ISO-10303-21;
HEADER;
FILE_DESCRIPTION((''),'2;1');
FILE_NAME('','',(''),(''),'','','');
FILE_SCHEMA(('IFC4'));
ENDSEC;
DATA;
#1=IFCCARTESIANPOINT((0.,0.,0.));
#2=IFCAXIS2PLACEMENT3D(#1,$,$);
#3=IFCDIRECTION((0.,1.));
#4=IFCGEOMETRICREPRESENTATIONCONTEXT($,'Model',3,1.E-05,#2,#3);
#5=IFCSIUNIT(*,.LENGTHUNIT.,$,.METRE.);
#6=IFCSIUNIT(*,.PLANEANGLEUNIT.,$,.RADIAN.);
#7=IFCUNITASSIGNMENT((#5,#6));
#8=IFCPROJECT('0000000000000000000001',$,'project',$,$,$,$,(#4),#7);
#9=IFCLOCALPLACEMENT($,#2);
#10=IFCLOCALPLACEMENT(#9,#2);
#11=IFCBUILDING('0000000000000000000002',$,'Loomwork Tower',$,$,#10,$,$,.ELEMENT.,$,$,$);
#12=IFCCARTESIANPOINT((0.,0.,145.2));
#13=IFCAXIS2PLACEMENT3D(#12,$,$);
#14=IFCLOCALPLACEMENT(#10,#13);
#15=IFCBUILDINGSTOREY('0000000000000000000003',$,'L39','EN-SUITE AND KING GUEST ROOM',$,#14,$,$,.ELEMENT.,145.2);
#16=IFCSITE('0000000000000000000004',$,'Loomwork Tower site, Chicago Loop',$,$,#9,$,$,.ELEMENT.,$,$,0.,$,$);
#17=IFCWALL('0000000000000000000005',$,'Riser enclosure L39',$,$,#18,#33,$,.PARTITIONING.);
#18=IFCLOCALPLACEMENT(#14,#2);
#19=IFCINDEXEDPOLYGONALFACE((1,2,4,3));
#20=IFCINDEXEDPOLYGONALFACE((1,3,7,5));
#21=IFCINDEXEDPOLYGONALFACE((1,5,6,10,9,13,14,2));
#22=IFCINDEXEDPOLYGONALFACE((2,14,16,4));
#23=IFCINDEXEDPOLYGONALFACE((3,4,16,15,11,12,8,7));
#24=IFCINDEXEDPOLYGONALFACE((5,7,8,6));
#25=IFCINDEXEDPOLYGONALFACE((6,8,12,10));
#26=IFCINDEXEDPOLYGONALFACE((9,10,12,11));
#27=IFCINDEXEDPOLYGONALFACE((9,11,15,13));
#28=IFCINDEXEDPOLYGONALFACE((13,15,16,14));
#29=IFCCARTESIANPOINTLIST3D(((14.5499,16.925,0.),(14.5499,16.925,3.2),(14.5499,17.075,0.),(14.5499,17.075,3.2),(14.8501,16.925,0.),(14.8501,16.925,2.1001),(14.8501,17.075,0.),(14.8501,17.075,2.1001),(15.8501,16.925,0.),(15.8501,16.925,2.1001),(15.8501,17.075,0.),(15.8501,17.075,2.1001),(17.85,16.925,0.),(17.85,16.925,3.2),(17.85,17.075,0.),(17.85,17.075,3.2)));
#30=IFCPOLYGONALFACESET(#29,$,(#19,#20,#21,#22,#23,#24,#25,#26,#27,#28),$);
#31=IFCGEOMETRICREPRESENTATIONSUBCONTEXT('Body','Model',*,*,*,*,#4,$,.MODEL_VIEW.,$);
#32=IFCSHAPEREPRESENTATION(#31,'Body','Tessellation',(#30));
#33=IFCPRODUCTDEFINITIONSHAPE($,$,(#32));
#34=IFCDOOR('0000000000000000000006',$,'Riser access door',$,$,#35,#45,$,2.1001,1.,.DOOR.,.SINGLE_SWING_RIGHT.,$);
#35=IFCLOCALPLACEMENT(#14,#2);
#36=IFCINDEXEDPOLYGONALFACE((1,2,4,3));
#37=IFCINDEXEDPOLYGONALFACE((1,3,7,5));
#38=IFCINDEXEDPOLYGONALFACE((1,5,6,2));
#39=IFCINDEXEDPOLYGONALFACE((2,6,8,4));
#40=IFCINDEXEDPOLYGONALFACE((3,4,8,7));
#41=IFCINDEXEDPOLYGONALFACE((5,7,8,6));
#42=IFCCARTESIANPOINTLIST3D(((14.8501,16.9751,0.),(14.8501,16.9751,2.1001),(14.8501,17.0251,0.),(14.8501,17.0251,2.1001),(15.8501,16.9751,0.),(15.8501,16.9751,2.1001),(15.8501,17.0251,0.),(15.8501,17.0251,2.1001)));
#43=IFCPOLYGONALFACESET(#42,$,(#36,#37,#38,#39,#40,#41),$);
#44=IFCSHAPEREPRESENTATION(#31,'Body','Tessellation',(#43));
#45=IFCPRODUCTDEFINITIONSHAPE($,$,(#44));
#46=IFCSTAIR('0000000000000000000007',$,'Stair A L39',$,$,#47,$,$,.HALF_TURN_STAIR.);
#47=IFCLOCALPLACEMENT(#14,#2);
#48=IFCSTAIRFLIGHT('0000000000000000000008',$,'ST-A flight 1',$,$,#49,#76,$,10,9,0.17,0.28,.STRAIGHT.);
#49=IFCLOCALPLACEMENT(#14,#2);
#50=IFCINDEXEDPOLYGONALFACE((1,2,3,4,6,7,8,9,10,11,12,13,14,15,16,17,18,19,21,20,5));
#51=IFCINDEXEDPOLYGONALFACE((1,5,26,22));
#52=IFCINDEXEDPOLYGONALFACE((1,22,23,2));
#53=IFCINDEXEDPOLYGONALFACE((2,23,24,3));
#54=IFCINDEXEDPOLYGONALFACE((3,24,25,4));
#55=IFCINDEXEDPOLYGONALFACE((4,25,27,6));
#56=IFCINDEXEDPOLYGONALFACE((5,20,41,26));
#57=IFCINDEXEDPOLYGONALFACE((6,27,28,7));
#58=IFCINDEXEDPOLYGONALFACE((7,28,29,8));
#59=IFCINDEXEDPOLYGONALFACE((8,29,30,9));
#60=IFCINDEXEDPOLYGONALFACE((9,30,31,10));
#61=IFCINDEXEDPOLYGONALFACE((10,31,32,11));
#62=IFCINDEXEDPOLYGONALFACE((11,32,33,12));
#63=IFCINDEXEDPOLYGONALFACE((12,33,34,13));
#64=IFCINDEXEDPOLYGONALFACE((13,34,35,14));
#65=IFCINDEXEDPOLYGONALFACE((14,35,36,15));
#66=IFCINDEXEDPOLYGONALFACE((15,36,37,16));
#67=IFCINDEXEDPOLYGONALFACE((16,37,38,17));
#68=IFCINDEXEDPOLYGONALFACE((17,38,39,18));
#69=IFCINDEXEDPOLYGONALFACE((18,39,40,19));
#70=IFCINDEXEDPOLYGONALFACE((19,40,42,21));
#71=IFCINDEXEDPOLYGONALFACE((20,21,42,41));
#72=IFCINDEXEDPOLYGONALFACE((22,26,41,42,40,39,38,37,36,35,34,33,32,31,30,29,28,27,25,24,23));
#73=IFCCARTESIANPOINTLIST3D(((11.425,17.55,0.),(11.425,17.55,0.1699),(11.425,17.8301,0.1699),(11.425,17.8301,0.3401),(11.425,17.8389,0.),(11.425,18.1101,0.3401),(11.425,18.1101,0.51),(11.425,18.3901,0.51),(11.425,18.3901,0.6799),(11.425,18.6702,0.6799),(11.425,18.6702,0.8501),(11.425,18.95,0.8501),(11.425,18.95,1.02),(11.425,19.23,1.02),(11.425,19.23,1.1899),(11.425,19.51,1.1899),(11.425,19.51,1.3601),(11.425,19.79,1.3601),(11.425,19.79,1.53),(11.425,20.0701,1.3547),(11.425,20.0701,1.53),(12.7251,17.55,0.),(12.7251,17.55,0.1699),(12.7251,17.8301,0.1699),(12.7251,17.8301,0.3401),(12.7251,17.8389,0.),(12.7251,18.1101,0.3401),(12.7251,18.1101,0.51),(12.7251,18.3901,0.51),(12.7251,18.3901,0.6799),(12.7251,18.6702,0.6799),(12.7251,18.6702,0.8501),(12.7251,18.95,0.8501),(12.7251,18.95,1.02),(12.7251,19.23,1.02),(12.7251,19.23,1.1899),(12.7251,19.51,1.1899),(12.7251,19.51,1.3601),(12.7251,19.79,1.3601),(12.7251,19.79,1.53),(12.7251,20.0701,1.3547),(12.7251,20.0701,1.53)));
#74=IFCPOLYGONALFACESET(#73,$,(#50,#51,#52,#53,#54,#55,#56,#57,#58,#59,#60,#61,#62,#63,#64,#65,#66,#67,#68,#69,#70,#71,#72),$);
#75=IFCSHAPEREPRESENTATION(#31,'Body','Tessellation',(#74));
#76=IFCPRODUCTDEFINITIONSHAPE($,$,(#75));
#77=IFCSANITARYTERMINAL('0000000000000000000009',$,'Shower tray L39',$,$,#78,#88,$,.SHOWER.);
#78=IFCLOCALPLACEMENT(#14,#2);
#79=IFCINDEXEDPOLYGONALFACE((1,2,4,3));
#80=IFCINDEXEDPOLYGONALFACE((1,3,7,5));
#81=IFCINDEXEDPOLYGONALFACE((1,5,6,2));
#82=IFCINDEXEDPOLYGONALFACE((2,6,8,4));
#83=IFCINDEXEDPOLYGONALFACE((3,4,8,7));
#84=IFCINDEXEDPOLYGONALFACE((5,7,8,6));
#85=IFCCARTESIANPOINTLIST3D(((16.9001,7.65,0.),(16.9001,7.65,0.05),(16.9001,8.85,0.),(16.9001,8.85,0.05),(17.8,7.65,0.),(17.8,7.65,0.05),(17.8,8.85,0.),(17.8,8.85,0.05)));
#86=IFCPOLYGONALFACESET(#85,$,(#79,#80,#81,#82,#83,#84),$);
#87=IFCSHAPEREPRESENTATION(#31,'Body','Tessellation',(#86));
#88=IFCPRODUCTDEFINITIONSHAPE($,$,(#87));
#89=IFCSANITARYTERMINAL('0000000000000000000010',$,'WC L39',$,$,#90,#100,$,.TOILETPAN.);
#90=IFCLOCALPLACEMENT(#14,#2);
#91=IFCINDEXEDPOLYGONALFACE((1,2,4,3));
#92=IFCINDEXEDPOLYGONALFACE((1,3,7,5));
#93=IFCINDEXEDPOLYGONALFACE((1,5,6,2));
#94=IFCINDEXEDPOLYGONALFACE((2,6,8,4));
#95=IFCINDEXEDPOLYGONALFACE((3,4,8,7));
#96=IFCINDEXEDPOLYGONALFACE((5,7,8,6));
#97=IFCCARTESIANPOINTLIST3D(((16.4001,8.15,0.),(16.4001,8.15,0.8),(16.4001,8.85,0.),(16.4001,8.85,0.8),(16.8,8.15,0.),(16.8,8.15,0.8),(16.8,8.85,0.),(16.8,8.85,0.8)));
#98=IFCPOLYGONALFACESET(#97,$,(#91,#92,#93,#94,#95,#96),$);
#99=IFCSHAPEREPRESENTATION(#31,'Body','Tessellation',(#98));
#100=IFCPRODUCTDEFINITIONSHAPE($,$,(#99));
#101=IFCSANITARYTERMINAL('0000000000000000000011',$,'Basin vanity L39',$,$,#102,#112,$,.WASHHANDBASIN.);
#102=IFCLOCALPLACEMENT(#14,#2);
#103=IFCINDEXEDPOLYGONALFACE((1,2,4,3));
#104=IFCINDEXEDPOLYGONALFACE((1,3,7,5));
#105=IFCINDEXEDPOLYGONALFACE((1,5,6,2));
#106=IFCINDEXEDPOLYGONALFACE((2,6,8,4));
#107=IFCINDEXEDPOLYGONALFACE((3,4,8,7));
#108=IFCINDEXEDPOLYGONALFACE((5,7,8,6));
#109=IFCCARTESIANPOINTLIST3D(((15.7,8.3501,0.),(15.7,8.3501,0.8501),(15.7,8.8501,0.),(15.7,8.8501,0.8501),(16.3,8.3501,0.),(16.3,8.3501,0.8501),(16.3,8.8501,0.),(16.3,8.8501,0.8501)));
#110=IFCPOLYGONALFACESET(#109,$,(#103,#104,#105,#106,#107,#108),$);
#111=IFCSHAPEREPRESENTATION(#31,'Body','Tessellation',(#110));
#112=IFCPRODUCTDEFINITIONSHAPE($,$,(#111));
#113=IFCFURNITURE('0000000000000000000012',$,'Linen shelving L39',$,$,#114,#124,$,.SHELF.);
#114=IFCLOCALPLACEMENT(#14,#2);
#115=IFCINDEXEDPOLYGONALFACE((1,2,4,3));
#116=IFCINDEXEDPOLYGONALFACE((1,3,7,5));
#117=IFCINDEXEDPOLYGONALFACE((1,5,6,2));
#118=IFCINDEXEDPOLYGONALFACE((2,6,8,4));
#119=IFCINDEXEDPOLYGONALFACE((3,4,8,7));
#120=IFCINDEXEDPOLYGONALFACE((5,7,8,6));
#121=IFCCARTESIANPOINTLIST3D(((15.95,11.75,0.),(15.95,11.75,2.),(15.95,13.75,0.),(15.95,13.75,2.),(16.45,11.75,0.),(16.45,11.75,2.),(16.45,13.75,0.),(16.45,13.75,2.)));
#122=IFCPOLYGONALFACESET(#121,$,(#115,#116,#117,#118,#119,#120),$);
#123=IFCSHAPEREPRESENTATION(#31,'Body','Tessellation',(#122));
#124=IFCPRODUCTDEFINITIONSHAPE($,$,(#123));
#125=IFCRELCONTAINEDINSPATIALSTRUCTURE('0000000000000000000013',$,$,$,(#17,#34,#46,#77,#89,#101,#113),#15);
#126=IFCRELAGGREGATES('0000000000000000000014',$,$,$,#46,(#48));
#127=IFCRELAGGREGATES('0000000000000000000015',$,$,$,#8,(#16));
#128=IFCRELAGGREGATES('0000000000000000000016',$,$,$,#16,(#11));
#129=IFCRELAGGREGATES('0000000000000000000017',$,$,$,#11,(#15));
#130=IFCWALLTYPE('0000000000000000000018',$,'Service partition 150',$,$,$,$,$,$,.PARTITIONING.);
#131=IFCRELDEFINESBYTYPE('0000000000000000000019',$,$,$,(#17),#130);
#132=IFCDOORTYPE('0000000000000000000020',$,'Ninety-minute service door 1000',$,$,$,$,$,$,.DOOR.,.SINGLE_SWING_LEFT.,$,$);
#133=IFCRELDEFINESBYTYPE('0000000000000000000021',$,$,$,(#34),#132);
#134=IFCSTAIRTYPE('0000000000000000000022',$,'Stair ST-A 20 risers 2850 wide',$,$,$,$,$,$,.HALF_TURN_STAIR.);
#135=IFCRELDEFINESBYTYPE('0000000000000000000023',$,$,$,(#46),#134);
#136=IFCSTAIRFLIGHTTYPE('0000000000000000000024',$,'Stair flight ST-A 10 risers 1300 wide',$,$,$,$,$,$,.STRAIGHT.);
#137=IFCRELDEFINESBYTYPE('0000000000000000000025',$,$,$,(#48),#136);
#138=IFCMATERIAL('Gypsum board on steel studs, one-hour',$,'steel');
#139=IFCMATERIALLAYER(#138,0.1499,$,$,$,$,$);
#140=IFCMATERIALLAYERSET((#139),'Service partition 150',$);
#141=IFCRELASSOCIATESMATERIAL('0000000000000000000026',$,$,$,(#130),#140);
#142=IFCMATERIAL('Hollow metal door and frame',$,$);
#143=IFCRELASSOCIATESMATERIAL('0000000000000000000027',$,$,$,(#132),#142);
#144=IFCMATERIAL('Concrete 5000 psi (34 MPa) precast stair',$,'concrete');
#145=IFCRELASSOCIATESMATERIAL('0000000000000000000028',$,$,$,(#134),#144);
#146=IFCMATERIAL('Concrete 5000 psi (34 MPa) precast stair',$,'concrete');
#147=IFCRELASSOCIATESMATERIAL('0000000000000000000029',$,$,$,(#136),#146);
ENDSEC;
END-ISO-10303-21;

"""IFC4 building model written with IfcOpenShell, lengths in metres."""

from ifc_helpers import new_model, si_unit, direction, frame, frame_2d, origin, origin_2d, place, context, subcontext, project, spatial, polyline, rectangle, outline, extrude, material, layer, layer_set, type_object, element, fill, aggregate, save


model = new_model("IFC4")

# Units and contexts
model_context = context("Model", 3, precision=1e-05, world=origin(), true_north=direction((0.0, 1.0)))
body_context = subcontext(model_context, "Body", "Model", "MODEL_VIEW")
ifc_project = project(units=[si_unit("LENGTHUNIT", "METRE"), si_unit("PLANEANGLEUNIT", "RADIAN")], contexts=[model_context])

# Site, building, storey
site_placement = place(None, origin())
site = spatial("IfcSite", under=ifc_project, at=site_placement, Name="Loomwork Tower site, Chicago Loop", CompositionType="ELEMENT", RefElevation=0.0)
building_placement = place(site_placement, origin())
building = spatial("IfcBuilding", under=site, at=building_placement, Name="Loomwork Tower", CompositionType="ELEMENT")
storey_placement = place(building_placement, frame((0.0, 0.0, 145.2)))
storey = spatial("IfcBuildingStorey", under=building, at=storey_placement, Name="L39", Description="EN-SUITE AND KING GUEST ROOM", CompositionType="ELEMENT", Elevation=145.2)

# Wall, opening, door
ifc_material_1 = material(Name="Gypsum board on steel studs, one-hour", Category="steel")
ifc_layer_1 = layer(ifc_material_1, 0.1499)
ifc_layer_set_1 = layer_set([ifc_layer_1], Name="Service partition 150")
wall_type_1 = type_object("IfcWallType", Name="Service partition 150", PredefinedType="PARTITIONING", material=ifc_layer_set_1)
wall_1_placement = place(storey_placement, frame((14.55, 17.0, 0.0), z_axis=(0.0, 0.0, 1.0), x_axis=(1.0, 0.0, 0.0)))
wall_1 = element("IfcWall", 1, at=wall_1_placement, inside=storey, type_object=wall_type_1, Name="Riser enclosure L39", PredefinedType="PARTITIONING", context=body_context, shape_type="SweptSolid", body=[
    extrude(rectangle(XDim=3.3, YDim=0.1499, at=frame_2d((1.6499, 0.0))), origin(), (0.0, 0.0, 1.0), 3.2),
])
opening_1_placement = place(wall_1_placement, frame((0.3, 0.0, 0.0)))
opening_1 = element("IfcOpeningElement", 2, at=opening_1_placement, cuts=wall_1, PredefinedType="OPENING", context=body_context, shape_type="SweptSolid", body=[
    extrude(rectangle(XDim=1.0, YDim=2.1001, at=frame_2d((0.5, 1.05))), frame((0.0, 0.085, 0.0), z_axis=(0.0, -1.0, 0.0), x_axis=(1.0, 0.0, 0.0)), (0.0, 0.0, 1.0), 0.1699),
])
ifc_material_2 = material(Name="Hollow metal door and frame")
door_type_1 = type_object("IfcDoorType", Name="Ninety-minute service door 1000", OperationType="SINGLE_SWING_LEFT", PredefinedType="DOOR", material=ifc_material_2)
door_1_placement = place(opening_1_placement, frame((1.0, 0.0, 0.0), z_axis=(0.0, 0.0, 1.0), x_axis=(-1.0, 0.0, 0.0)))
door_1 = element("IfcDoor", 3, at=door_1_placement, inside=storey, type_object=door_type_1, Name="Riser access door", OperationType="SINGLE_SWING_RIGHT", OverallHeight=2.1001, OverallWidth=1.0, PredefinedType="DOOR", context=body_context, shape_type="SweptSolid", body=[
    extrude(rectangle(XDim=1.0, YDim=2.1001, at=frame_2d((0.5, 1.05))), frame((0.0, 0.0249, 0.0), z_axis=(0.0, -1.0, 0.0), x_axis=(1.0, 0.0, 0.0)), (0.0, 0.0, 1.0), 0.05),
])
fill(opening_1, door_1)

# Stair, stair flight
ifc_material_3 = material(Name="Concrete 5000 psi (34 MPa) precast stair", Category="concrete")
stair_type = type_object("IfcStairType", Name="Stair ST-A 20 risers 2850 wide", PredefinedType="HALF_TURN_STAIR", material=ifc_material_3)
stair_placement = place(storey_placement, origin())
stair = element("IfcStair", 4, at=stair_placement, inside=storey, type_object=stair_type, Name="Stair A L39", PredefinedType="HALF_TURN_STAIR")
ifc_material_4 = material(Name="Concrete 5000 psi (34 MPa) precast stair", Category="concrete")
stair_flight_type = type_object("IfcStairFlightType", Name="Stair flight ST-A 10 risers 1300 wide", PredefinedType="STRAIGHT", material=ifc_material_4)
stair_flight_placement = place(storey_placement, frame((12.075, 17.55, 0.0), z_axis=(0.0, 0.0, 1.0), x_axis=(0.0, 1.0, 0.0)))
stair_flight = element("IfcStairFlight", 5, at=stair_flight_placement, type_object=stair_flight_type, Name="ST-A flight 1", NumberOfRisers=10, NumberOfTreads=9, PredefinedType="STRAIGHT", RiserHeight=0.17, TreadLength=0.28, context=body_context, shape_type="SweptSolid", body=[
    extrude(outline(polyline([(0.0, 0.0), (0.0, 0.1699), (0.28, 0.1699), (0.28, 0.3401), (0.5601, 0.3401), (0.5601, 0.51), (0.8401, 0.51), (0.8401, 0.6799), (1.1201, 0.6799), (1.1201, 0.8501), (1.3999, 0.8501), (1.3999, 1.02), (1.6799, 1.02), (1.6799, 1.1899), (1.96, 1.1899), (1.96, 1.3601), (2.24, 1.3601), (2.24, 1.53), (2.52, 1.53), (2.52, 1.7), (2.52, 1.3547), (0.2888, 0.0), (0.0, 0.0)])), frame((0.0, 0.6499, 0.0), z_axis=(0.0, -1.0, 0.0), x_axis=(1.0, 0.0, 0.0)), (0.0, 0.0, 1.0), 1.3),
])
aggregate(stair, [stair_flight])

# Sanitary terminals
sanitary_terminal_1_placement = place(storey_placement, frame((17.3501, 8.25, 0.0), z_axis=(0.0, 0.0, 1.0), x_axis=(1.0, 0.0, 0.0)))
element("IfcSanitaryTerminal", 6, at=sanitary_terminal_1_placement, inside=storey, Name="Shower tray L39", PredefinedType="SHOWER", context=body_context, shape_type="SweptSolid", body=[
    extrude(rectangle(XDim=0.8999, YDim=1.2, at=origin_2d()), origin(), (0.0, 0.0, 1.0), 0.05),
])
sanitary_terminal_2_placement = place(storey_placement, frame((16.6001, 8.5, 0.0), z_axis=(0.0, 0.0, 1.0), x_axis=(1.0, 0.0, 0.0)))
element("IfcSanitaryTerminal", 7, at=sanitary_terminal_2_placement, inside=storey, Name="WC L39", PredefinedType="TOILETPAN", context=body_context, shape_type="SweptSolid", body=[
    extrude(rectangle(XDim=0.3999, YDim=0.7, at=origin_2d()), origin(), (0.0, 0.0, 1.0), 0.8),
])
sanitary_terminal_3_placement = place(storey_placement, frame((16.0, 8.6001, 0.0), z_axis=(0.0, 0.0, 1.0), x_axis=(1.0, 0.0, 0.0)))
element("IfcSanitaryTerminal", 8, at=sanitary_terminal_3_placement, inside=storey, Name="Basin vanity L39", PredefinedType="WASHHANDBASIN", context=body_context, shape_type="SweptSolid", body=[
    extrude(rectangle(XDim=0.6001, YDim=0.5, at=origin_2d()), origin(), (0.0, 0.0, 1.0), 0.8501),
])

# Furniture
furniture_placement = place(storey_placement, frame((16.2, 12.75, 0.0), z_axis=(0.0, 0.0, 1.0), x_axis=(1.0, 0.0, 0.0)))
element("IfcFurniture", 9, at=furniture_placement, inside=storey, Name="Linen shelving L39", PredefinedType="SHELF", context=body_context, shape_type="SweptSolid", body=[
    extrude(rectangle(XDim=0.5, YDim=2.0, at=origin_2d()), origin(), (0.0, 0.0, 1.0), 2.0),
])

save(model, "model.ifc")
